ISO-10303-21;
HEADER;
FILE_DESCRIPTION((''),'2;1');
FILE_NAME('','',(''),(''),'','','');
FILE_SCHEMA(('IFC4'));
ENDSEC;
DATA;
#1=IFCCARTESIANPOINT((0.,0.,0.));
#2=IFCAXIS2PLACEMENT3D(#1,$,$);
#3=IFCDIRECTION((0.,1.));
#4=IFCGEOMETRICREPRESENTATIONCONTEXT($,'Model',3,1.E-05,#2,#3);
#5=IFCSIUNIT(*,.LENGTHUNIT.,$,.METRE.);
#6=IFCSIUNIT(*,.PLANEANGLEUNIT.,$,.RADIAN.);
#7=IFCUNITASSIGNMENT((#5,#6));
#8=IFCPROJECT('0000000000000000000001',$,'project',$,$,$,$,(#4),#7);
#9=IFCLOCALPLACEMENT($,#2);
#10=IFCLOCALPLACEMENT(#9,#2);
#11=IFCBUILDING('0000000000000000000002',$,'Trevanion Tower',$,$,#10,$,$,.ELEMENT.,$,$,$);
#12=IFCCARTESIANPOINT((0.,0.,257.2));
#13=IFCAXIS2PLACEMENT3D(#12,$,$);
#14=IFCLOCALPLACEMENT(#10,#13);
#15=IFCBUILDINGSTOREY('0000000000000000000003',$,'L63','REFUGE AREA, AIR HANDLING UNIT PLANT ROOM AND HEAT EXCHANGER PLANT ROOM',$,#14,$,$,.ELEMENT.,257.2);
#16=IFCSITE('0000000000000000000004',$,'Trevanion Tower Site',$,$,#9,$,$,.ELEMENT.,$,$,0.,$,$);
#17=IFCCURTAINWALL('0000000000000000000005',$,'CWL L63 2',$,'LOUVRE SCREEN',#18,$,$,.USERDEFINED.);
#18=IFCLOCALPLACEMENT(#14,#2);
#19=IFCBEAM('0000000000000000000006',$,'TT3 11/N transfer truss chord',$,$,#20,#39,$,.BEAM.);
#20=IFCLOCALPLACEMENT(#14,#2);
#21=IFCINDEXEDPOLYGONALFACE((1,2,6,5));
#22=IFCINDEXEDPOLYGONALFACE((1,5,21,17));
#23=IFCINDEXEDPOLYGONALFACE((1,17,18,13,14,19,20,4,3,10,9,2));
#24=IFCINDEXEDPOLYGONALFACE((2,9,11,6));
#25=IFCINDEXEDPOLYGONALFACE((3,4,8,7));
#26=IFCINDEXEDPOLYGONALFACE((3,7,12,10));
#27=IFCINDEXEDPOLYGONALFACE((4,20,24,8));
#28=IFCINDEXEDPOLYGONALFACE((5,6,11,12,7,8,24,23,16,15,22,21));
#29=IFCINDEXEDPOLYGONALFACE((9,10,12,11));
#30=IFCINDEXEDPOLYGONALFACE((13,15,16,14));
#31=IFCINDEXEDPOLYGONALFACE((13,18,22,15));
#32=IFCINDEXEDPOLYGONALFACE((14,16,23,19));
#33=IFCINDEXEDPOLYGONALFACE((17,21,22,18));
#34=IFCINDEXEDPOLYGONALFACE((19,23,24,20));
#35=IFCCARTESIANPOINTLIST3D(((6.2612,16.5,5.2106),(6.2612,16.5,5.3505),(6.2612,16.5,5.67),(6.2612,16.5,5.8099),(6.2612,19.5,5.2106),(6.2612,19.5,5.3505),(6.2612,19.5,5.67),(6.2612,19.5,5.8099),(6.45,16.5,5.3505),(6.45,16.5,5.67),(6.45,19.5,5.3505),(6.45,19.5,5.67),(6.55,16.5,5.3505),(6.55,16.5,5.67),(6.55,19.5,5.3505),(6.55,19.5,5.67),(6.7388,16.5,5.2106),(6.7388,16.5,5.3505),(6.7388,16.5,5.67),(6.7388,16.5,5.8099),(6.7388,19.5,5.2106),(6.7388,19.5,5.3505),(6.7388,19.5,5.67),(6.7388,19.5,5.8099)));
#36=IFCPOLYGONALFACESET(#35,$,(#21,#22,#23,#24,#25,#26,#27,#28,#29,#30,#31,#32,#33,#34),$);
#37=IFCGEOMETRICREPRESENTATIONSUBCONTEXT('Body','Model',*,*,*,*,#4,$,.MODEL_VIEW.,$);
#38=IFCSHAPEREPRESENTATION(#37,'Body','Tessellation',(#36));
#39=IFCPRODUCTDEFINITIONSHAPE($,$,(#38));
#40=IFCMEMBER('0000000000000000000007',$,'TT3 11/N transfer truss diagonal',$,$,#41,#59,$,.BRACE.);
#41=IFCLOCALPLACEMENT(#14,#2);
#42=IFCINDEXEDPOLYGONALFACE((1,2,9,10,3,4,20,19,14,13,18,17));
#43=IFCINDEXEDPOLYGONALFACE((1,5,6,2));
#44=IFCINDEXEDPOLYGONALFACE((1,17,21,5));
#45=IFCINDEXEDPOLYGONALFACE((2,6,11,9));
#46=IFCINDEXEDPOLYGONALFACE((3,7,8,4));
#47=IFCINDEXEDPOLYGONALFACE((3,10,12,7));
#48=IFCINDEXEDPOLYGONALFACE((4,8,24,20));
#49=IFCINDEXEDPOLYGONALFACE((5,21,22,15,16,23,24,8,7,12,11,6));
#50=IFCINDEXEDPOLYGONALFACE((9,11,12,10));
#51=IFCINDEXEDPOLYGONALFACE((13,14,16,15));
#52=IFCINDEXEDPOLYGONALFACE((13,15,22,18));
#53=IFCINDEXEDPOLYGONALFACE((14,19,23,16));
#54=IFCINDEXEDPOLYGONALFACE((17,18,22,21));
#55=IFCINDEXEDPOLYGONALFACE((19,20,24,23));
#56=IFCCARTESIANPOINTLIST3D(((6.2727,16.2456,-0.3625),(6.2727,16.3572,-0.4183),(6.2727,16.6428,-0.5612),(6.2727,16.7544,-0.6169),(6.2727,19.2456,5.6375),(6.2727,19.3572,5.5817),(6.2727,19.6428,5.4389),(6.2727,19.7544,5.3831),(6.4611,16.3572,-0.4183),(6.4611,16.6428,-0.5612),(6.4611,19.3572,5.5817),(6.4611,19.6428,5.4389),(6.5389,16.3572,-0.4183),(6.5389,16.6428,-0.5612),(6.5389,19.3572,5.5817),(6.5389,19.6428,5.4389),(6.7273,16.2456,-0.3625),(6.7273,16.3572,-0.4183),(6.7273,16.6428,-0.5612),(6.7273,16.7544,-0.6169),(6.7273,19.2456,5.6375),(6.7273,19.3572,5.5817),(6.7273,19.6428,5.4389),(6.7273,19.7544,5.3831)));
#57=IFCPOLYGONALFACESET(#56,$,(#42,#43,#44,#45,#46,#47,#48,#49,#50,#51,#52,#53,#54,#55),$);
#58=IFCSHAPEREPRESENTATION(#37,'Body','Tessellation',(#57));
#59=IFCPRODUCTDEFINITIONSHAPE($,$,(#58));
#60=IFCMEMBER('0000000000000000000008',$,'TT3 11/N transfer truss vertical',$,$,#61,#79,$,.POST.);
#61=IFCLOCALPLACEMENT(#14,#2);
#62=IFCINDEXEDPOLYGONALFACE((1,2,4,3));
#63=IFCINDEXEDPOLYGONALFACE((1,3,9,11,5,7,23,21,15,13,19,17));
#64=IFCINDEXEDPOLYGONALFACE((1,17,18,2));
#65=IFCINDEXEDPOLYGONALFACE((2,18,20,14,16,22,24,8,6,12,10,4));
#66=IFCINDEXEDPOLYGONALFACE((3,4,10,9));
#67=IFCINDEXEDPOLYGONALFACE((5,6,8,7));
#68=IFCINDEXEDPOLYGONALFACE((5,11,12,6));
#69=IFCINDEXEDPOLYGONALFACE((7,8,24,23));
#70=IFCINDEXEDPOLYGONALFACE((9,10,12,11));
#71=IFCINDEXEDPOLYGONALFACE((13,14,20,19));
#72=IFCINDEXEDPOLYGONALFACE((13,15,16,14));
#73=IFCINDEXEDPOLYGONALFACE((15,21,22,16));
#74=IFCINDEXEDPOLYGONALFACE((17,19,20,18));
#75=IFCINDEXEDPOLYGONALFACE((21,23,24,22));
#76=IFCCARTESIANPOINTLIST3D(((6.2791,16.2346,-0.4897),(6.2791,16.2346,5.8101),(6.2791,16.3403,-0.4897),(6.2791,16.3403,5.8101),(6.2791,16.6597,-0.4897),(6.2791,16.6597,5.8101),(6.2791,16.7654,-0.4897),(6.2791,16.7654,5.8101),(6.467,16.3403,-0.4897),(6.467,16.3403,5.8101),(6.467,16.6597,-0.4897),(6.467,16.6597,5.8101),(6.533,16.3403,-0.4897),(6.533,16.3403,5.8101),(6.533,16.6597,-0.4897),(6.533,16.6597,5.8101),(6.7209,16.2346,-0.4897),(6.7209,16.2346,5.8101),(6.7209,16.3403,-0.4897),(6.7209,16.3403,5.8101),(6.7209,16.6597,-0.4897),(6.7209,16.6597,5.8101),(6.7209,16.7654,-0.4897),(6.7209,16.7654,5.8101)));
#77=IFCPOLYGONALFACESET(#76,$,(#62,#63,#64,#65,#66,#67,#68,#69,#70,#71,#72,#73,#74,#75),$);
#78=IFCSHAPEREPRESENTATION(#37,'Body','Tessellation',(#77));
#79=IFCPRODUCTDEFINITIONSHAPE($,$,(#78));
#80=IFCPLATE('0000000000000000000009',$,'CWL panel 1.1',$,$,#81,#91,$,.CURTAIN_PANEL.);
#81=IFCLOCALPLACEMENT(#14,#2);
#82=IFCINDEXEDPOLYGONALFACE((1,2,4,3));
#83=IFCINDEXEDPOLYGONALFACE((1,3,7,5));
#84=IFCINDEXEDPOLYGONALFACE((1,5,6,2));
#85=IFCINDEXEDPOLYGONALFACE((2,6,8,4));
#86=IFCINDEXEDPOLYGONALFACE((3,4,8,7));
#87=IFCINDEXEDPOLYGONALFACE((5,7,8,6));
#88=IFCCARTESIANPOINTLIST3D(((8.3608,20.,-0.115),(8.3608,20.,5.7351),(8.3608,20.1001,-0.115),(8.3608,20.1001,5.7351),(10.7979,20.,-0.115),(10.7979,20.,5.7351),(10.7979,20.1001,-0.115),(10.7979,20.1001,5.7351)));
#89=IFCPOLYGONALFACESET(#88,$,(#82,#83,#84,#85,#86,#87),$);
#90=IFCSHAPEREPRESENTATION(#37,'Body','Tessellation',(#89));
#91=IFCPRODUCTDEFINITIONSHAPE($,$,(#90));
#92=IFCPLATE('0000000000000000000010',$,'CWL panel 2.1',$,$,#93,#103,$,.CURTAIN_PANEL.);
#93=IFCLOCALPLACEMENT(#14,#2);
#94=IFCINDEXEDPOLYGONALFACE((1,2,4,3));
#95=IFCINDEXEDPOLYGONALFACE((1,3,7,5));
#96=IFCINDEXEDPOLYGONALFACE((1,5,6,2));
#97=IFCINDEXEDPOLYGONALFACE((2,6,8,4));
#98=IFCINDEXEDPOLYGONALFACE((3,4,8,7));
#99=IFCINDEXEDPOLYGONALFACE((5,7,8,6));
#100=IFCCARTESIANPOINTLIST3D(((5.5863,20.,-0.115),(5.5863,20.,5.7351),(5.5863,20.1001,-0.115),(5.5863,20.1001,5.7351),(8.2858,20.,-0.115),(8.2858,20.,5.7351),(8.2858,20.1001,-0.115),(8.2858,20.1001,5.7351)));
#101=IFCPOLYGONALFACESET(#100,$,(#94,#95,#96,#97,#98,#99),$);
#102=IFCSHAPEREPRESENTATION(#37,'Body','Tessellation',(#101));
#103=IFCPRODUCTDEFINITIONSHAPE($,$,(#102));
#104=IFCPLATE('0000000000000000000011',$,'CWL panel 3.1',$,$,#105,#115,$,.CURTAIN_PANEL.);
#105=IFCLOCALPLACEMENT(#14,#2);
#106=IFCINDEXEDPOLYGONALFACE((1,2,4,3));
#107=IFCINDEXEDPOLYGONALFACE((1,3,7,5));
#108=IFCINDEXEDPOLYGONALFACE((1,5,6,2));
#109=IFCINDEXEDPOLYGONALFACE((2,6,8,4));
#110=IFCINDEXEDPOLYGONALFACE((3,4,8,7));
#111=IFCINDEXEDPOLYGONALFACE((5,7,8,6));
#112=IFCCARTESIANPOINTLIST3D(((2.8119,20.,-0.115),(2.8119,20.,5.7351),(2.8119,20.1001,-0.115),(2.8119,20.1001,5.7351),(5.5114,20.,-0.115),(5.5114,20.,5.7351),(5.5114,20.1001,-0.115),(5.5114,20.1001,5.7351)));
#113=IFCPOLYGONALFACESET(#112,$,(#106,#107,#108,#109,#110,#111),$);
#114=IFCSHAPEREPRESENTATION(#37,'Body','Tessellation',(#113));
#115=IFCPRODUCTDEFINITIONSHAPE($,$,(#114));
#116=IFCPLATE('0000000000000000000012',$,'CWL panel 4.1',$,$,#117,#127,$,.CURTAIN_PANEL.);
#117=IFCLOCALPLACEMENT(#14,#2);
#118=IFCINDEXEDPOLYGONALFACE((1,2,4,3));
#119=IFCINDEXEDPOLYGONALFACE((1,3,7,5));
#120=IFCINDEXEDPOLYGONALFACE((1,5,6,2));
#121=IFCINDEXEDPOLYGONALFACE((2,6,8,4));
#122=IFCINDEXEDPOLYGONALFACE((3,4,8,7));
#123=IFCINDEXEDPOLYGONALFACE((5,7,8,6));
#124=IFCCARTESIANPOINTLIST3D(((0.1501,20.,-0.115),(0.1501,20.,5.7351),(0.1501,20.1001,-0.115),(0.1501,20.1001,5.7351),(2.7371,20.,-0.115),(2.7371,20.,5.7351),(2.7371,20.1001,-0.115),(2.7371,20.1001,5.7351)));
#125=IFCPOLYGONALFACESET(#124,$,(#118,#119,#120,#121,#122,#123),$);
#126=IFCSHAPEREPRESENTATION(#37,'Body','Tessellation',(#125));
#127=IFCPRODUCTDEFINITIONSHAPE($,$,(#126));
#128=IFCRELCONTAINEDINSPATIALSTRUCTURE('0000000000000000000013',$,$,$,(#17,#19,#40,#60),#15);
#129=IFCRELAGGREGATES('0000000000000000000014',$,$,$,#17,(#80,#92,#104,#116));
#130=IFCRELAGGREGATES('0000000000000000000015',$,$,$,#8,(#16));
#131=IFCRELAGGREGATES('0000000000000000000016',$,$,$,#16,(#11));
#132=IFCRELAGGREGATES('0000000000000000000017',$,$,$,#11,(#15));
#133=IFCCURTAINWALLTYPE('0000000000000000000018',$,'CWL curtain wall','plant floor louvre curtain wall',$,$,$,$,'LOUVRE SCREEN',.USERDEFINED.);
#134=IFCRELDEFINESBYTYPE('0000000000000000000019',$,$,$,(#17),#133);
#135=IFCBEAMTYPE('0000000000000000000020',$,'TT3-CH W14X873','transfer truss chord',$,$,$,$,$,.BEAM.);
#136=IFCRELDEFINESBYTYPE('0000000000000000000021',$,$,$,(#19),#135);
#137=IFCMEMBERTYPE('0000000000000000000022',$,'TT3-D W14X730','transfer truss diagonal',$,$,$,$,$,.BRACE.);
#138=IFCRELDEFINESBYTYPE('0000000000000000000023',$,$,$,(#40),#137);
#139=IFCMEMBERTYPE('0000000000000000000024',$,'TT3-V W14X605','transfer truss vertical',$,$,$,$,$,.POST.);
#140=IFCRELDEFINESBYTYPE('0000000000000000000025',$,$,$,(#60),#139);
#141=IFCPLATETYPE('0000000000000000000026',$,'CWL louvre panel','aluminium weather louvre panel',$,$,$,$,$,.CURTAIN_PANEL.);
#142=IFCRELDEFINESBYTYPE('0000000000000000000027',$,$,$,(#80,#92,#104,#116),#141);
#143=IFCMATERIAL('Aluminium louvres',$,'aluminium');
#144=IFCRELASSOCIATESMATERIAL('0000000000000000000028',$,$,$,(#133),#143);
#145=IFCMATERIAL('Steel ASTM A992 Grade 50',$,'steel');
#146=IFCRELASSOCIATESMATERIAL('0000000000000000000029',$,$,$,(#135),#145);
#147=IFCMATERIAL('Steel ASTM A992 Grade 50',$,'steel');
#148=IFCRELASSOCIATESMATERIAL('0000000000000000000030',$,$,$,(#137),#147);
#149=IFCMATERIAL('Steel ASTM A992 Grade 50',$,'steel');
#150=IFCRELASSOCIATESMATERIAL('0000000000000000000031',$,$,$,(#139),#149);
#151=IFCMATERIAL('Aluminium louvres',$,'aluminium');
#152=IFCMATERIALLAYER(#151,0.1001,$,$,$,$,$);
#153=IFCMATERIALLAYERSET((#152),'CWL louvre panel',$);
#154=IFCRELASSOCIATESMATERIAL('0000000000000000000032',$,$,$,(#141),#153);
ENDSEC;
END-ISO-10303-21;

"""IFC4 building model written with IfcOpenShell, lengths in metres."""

from ifc_helpers import new_model, si_unit, direction, frame, origin, origin_2d, place, context, subcontext, project, spatial, rectangle, i_section, extrude, material, layer, layer_set, material_profile, profile_set, type_object, element, aggregate, save


model = new_model("IFC4")

# Units and contexts
model_context = context("Model", 3, precision=1e-05, world=origin(), true_north=direction((0.0, 1.0)))
body_context = subcontext(model_context, "Body", "Model", "MODEL_VIEW")
ifc_project = project(units=[si_unit("LENGTHUNIT", "METRE"), si_unit("PLANEANGLEUNIT", "RADIAN")], contexts=[model_context])

# Site, building, storey
site_placement = place(None, origin())
site = spatial("IfcSite", under=ifc_project, at=site_placement, Name="Trevanion Tower Site", CompositionType="ELEMENT", RefElevation=0.0)
building_placement = place(site_placement, origin())
building = spatial("IfcBuilding", under=site, at=building_placement, Name="Trevanion Tower", CompositionType="ELEMENT")
storey_placement = place(building_placement, frame((0.0, 0.0, 257.2)))
storey = spatial("IfcBuildingStorey", under=building, at=storey_placement, Name="L63", Description="REFUGE AREA, AIR HANDLING UNIT PLANT ROOM AND HEAT EXCHANGER PLANT ROOM", CompositionType="ELEMENT", Elevation=257.2)

# Curtain wall
ifc_material_1 = material(Name="Aluminium louvres", Category="aluminium")
curtain_wall_type = type_object("IfcCurtainWallType", Name="CWL curtain wall", Description="plant floor louvre curtain wall", ElementType="LOUVRE SCREEN", PredefinedType="USERDEFINED", material=ifc_material_1)
curtain_wall_1_placement = place(storey_placement, origin())
curtain_wall_1 = element("IfcCurtainWall", 1, at=curtain_wall_1_placement, inside=storey, type_object=curtain_wall_type, Name="CWL L63 2", ObjectType="LOUVRE SCREEN", PredefinedType="USERDEFINED")

# Beam
ifc_material_2 = material(Name="Steel ASTM A992 Grade 50", Category="steel")
ifc_material_profile_1 = material_profile(ifc_material_2, i_section(OverallWidth=0.4775, OverallDepth=0.5994, WebThickness=0.1001, FlangeThickness=0.1399, at=origin_2d()), Name="W14X873")
ifc_profile_set_1 = profile_set([ifc_material_profile_1], Name="Steel ASTM A992 Grade 50")
beam_type_1 = type_object("IfcBeamType", Name="TT3-CH W14X873", Description="transfer truss chord", PredefinedType="BEAM", material=ifc_profile_set_1)
beam_1_placement = place(storey_placement, frame((6.5, 16.5, 5.5103), z_axis=(0.0, 1.0, 0.0), x_axis=(-1.0, 0.0, 0.0)))
element("IfcBeam", 2, at=beam_1_placement, inside=storey, type_object=beam_type_1, Name="TT3 11/N transfer truss chord", PredefinedType="BEAM", context=body_context, shape_type="SweptSolid", body=[
    extrude(i_section(OverallWidth=0.4775, OverallDepth=0.5994, WebThickness=0.1001, FlangeThickness=0.1399, at=origin_2d()), origin(), (0.0, 0.0, 1.0), 3.0),
])

# Members
ifc_material_3 = material(Name="Steel ASTM A992 Grade 50", Category="steel")
ifc_material_profile_2 = material_profile(ifc_material_3, i_section(OverallWidth=0.4546, OverallDepth=0.5688, WebThickness=0.0779, FlangeThickness=0.1248, at=origin_2d()), Name="W14X730")
ifc_profile_set_2 = profile_set([ifc_material_profile_2], Name="Steel ASTM A992 Grade 50")
member_type_1 = type_object("IfcMemberType", Name="TT3-D W14X730", Description="transfer truss diagonal", PredefinedType="BRACE", material=ifc_profile_set_2)
member_1_placement = place(storey_placement, frame((6.5, 16.5, -0.4897), z_axis=(0.0, 0.447214, 0.894427), x_axis=(-1.0, 0.0, 0.0)))
element("IfcMember", 3, at=member_1_placement, inside=storey, type_object=member_type_1, Name="TT3 11/N transfer truss diagonal", PredefinedType="BRACE", context=body_context, shape_type="SweptSolid", body=[
    extrude(i_section(OverallWidth=0.4546, OverallDepth=0.5688, WebThickness=0.0779, FlangeThickness=0.1248, at=origin_2d()), origin(), (0.0, 0.0, 1.0), 6.7083),
])
ifc_material_4 = material(Name="Steel ASTM A992 Grade 50", Category="steel")
ifc_material_profile_3 = material_profile(ifc_material_4, i_section(OverallWidth=0.4419, OverallDepth=0.5308, WebThickness=0.0659, FlangeThickness=0.1057, at=origin_2d()), Name="W14X605")
ifc_profile_set_3 = profile_set([ifc_material_profile_3], Name="Steel ASTM A992 Grade 50")
member_type_2 = type_object("IfcMemberType", Name="TT3-V W14X605", Description="transfer truss vertical", PredefinedType="POST", material=ifc_profile_set_3)
member_2_placement = place(storey_placement, frame((6.5, 16.5, -0.4897), z_axis=(0.0, 0.0, 1.0), x_axis=(1.0, 0.0, 0.0)))
element("IfcMember", 4, at=member_2_placement, inside=storey, type_object=member_type_2, Name="TT3 11/N transfer truss vertical", PredefinedType="POST", context=body_context, shape_type="SweptSolid", body=[
    extrude(i_section(OverallWidth=0.4419, OverallDepth=0.5308, WebThickness=0.0659, FlangeThickness=0.1057, at=origin_2d()), origin(), (0.0, 0.0, 1.0), 6.2998),
])

# Plates
ifc_material_5 = material(Name="Aluminium louvres", Category="aluminium")
ifc_layer = layer(ifc_material_5, 0.1001)
ifc_layer_set = layer_set([ifc_layer], Name="CWL louvre panel")
plate_type = type_object("IfcPlateType", Name="CWL louvre panel", Description="aluminium weather louvre panel", PredefinedType="CURTAIN_PANEL", material=ifc_layer_set)
plate_1_placement = place(storey_placement, frame((9.5793, 20.05, -0.115), z_axis=(0.0, 0.0, 1.0), x_axis=(-1.0, 0.0, 0.0)))
plate_1 = element("IfcPlate", 5, at=plate_1_placement, type_object=plate_type, Name="CWL panel 1.1", PredefinedType="CURTAIN_PANEL", context=body_context, shape_type="SweptSolid", body=[
    extrude(rectangle(XDim=2.437, YDim=0.1001, at=origin_2d()), origin(), (0.0, 0.0, 1.0), 5.8501),
])
plate_2_placement = place(storey_placement, frame((6.936, 20.05, -0.115), z_axis=(0.0, 0.0, 1.0), x_axis=(-1.0, 0.0, 0.0)))
plate_2 = element("IfcPlate", 6, at=plate_2_placement, type_object=plate_type, Name="CWL panel 2.1", PredefinedType="CURTAIN_PANEL", context=body_context, shape_type="SweptSolid", body=[
    extrude(rectangle(XDim=2.6995, YDim=0.1001, at=origin_2d()), origin(), (0.0, 0.0, 1.0), 5.8501),
])
plate_3_placement = place(storey_placement, frame((4.1616, 20.05, -0.115), z_axis=(0.0, 0.0, 1.0), x_axis=(-1.0, 0.0, 0.0)))
plate_3 = element("IfcPlate", 7, at=plate_3_placement, type_object=plate_type, Name="CWL panel 3.1", PredefinedType="CURTAIN_PANEL", context=body_context, shape_type="SweptSolid", body=[
    extrude(rectangle(XDim=2.6995, YDim=0.1001, at=origin_2d()), origin(), (0.0, 0.0, 1.0), 5.8501),
])
plate_4_placement = place(storey_placement, frame((1.4436, 20.05, -0.115), z_axis=(0.0, 0.0, 1.0), x_axis=(-1.0, 0.0, 0.0)))
plate_4 = element("IfcPlate", 8, at=plate_4_placement, type_object=plate_type, Name="CWL panel 4.1", PredefinedType="CURTAIN_PANEL", context=body_context, shape_type="SweptSolid", body=[
    extrude(rectangle(XDim=2.5869, YDim=0.1001, at=origin_2d()), origin(), (0.0, 0.0, 1.0), 5.8501),
])
aggregate(curtain_wall_1, [plate_1, plate_2, plate_3, plate_4])

save(model, "model.ifc")
